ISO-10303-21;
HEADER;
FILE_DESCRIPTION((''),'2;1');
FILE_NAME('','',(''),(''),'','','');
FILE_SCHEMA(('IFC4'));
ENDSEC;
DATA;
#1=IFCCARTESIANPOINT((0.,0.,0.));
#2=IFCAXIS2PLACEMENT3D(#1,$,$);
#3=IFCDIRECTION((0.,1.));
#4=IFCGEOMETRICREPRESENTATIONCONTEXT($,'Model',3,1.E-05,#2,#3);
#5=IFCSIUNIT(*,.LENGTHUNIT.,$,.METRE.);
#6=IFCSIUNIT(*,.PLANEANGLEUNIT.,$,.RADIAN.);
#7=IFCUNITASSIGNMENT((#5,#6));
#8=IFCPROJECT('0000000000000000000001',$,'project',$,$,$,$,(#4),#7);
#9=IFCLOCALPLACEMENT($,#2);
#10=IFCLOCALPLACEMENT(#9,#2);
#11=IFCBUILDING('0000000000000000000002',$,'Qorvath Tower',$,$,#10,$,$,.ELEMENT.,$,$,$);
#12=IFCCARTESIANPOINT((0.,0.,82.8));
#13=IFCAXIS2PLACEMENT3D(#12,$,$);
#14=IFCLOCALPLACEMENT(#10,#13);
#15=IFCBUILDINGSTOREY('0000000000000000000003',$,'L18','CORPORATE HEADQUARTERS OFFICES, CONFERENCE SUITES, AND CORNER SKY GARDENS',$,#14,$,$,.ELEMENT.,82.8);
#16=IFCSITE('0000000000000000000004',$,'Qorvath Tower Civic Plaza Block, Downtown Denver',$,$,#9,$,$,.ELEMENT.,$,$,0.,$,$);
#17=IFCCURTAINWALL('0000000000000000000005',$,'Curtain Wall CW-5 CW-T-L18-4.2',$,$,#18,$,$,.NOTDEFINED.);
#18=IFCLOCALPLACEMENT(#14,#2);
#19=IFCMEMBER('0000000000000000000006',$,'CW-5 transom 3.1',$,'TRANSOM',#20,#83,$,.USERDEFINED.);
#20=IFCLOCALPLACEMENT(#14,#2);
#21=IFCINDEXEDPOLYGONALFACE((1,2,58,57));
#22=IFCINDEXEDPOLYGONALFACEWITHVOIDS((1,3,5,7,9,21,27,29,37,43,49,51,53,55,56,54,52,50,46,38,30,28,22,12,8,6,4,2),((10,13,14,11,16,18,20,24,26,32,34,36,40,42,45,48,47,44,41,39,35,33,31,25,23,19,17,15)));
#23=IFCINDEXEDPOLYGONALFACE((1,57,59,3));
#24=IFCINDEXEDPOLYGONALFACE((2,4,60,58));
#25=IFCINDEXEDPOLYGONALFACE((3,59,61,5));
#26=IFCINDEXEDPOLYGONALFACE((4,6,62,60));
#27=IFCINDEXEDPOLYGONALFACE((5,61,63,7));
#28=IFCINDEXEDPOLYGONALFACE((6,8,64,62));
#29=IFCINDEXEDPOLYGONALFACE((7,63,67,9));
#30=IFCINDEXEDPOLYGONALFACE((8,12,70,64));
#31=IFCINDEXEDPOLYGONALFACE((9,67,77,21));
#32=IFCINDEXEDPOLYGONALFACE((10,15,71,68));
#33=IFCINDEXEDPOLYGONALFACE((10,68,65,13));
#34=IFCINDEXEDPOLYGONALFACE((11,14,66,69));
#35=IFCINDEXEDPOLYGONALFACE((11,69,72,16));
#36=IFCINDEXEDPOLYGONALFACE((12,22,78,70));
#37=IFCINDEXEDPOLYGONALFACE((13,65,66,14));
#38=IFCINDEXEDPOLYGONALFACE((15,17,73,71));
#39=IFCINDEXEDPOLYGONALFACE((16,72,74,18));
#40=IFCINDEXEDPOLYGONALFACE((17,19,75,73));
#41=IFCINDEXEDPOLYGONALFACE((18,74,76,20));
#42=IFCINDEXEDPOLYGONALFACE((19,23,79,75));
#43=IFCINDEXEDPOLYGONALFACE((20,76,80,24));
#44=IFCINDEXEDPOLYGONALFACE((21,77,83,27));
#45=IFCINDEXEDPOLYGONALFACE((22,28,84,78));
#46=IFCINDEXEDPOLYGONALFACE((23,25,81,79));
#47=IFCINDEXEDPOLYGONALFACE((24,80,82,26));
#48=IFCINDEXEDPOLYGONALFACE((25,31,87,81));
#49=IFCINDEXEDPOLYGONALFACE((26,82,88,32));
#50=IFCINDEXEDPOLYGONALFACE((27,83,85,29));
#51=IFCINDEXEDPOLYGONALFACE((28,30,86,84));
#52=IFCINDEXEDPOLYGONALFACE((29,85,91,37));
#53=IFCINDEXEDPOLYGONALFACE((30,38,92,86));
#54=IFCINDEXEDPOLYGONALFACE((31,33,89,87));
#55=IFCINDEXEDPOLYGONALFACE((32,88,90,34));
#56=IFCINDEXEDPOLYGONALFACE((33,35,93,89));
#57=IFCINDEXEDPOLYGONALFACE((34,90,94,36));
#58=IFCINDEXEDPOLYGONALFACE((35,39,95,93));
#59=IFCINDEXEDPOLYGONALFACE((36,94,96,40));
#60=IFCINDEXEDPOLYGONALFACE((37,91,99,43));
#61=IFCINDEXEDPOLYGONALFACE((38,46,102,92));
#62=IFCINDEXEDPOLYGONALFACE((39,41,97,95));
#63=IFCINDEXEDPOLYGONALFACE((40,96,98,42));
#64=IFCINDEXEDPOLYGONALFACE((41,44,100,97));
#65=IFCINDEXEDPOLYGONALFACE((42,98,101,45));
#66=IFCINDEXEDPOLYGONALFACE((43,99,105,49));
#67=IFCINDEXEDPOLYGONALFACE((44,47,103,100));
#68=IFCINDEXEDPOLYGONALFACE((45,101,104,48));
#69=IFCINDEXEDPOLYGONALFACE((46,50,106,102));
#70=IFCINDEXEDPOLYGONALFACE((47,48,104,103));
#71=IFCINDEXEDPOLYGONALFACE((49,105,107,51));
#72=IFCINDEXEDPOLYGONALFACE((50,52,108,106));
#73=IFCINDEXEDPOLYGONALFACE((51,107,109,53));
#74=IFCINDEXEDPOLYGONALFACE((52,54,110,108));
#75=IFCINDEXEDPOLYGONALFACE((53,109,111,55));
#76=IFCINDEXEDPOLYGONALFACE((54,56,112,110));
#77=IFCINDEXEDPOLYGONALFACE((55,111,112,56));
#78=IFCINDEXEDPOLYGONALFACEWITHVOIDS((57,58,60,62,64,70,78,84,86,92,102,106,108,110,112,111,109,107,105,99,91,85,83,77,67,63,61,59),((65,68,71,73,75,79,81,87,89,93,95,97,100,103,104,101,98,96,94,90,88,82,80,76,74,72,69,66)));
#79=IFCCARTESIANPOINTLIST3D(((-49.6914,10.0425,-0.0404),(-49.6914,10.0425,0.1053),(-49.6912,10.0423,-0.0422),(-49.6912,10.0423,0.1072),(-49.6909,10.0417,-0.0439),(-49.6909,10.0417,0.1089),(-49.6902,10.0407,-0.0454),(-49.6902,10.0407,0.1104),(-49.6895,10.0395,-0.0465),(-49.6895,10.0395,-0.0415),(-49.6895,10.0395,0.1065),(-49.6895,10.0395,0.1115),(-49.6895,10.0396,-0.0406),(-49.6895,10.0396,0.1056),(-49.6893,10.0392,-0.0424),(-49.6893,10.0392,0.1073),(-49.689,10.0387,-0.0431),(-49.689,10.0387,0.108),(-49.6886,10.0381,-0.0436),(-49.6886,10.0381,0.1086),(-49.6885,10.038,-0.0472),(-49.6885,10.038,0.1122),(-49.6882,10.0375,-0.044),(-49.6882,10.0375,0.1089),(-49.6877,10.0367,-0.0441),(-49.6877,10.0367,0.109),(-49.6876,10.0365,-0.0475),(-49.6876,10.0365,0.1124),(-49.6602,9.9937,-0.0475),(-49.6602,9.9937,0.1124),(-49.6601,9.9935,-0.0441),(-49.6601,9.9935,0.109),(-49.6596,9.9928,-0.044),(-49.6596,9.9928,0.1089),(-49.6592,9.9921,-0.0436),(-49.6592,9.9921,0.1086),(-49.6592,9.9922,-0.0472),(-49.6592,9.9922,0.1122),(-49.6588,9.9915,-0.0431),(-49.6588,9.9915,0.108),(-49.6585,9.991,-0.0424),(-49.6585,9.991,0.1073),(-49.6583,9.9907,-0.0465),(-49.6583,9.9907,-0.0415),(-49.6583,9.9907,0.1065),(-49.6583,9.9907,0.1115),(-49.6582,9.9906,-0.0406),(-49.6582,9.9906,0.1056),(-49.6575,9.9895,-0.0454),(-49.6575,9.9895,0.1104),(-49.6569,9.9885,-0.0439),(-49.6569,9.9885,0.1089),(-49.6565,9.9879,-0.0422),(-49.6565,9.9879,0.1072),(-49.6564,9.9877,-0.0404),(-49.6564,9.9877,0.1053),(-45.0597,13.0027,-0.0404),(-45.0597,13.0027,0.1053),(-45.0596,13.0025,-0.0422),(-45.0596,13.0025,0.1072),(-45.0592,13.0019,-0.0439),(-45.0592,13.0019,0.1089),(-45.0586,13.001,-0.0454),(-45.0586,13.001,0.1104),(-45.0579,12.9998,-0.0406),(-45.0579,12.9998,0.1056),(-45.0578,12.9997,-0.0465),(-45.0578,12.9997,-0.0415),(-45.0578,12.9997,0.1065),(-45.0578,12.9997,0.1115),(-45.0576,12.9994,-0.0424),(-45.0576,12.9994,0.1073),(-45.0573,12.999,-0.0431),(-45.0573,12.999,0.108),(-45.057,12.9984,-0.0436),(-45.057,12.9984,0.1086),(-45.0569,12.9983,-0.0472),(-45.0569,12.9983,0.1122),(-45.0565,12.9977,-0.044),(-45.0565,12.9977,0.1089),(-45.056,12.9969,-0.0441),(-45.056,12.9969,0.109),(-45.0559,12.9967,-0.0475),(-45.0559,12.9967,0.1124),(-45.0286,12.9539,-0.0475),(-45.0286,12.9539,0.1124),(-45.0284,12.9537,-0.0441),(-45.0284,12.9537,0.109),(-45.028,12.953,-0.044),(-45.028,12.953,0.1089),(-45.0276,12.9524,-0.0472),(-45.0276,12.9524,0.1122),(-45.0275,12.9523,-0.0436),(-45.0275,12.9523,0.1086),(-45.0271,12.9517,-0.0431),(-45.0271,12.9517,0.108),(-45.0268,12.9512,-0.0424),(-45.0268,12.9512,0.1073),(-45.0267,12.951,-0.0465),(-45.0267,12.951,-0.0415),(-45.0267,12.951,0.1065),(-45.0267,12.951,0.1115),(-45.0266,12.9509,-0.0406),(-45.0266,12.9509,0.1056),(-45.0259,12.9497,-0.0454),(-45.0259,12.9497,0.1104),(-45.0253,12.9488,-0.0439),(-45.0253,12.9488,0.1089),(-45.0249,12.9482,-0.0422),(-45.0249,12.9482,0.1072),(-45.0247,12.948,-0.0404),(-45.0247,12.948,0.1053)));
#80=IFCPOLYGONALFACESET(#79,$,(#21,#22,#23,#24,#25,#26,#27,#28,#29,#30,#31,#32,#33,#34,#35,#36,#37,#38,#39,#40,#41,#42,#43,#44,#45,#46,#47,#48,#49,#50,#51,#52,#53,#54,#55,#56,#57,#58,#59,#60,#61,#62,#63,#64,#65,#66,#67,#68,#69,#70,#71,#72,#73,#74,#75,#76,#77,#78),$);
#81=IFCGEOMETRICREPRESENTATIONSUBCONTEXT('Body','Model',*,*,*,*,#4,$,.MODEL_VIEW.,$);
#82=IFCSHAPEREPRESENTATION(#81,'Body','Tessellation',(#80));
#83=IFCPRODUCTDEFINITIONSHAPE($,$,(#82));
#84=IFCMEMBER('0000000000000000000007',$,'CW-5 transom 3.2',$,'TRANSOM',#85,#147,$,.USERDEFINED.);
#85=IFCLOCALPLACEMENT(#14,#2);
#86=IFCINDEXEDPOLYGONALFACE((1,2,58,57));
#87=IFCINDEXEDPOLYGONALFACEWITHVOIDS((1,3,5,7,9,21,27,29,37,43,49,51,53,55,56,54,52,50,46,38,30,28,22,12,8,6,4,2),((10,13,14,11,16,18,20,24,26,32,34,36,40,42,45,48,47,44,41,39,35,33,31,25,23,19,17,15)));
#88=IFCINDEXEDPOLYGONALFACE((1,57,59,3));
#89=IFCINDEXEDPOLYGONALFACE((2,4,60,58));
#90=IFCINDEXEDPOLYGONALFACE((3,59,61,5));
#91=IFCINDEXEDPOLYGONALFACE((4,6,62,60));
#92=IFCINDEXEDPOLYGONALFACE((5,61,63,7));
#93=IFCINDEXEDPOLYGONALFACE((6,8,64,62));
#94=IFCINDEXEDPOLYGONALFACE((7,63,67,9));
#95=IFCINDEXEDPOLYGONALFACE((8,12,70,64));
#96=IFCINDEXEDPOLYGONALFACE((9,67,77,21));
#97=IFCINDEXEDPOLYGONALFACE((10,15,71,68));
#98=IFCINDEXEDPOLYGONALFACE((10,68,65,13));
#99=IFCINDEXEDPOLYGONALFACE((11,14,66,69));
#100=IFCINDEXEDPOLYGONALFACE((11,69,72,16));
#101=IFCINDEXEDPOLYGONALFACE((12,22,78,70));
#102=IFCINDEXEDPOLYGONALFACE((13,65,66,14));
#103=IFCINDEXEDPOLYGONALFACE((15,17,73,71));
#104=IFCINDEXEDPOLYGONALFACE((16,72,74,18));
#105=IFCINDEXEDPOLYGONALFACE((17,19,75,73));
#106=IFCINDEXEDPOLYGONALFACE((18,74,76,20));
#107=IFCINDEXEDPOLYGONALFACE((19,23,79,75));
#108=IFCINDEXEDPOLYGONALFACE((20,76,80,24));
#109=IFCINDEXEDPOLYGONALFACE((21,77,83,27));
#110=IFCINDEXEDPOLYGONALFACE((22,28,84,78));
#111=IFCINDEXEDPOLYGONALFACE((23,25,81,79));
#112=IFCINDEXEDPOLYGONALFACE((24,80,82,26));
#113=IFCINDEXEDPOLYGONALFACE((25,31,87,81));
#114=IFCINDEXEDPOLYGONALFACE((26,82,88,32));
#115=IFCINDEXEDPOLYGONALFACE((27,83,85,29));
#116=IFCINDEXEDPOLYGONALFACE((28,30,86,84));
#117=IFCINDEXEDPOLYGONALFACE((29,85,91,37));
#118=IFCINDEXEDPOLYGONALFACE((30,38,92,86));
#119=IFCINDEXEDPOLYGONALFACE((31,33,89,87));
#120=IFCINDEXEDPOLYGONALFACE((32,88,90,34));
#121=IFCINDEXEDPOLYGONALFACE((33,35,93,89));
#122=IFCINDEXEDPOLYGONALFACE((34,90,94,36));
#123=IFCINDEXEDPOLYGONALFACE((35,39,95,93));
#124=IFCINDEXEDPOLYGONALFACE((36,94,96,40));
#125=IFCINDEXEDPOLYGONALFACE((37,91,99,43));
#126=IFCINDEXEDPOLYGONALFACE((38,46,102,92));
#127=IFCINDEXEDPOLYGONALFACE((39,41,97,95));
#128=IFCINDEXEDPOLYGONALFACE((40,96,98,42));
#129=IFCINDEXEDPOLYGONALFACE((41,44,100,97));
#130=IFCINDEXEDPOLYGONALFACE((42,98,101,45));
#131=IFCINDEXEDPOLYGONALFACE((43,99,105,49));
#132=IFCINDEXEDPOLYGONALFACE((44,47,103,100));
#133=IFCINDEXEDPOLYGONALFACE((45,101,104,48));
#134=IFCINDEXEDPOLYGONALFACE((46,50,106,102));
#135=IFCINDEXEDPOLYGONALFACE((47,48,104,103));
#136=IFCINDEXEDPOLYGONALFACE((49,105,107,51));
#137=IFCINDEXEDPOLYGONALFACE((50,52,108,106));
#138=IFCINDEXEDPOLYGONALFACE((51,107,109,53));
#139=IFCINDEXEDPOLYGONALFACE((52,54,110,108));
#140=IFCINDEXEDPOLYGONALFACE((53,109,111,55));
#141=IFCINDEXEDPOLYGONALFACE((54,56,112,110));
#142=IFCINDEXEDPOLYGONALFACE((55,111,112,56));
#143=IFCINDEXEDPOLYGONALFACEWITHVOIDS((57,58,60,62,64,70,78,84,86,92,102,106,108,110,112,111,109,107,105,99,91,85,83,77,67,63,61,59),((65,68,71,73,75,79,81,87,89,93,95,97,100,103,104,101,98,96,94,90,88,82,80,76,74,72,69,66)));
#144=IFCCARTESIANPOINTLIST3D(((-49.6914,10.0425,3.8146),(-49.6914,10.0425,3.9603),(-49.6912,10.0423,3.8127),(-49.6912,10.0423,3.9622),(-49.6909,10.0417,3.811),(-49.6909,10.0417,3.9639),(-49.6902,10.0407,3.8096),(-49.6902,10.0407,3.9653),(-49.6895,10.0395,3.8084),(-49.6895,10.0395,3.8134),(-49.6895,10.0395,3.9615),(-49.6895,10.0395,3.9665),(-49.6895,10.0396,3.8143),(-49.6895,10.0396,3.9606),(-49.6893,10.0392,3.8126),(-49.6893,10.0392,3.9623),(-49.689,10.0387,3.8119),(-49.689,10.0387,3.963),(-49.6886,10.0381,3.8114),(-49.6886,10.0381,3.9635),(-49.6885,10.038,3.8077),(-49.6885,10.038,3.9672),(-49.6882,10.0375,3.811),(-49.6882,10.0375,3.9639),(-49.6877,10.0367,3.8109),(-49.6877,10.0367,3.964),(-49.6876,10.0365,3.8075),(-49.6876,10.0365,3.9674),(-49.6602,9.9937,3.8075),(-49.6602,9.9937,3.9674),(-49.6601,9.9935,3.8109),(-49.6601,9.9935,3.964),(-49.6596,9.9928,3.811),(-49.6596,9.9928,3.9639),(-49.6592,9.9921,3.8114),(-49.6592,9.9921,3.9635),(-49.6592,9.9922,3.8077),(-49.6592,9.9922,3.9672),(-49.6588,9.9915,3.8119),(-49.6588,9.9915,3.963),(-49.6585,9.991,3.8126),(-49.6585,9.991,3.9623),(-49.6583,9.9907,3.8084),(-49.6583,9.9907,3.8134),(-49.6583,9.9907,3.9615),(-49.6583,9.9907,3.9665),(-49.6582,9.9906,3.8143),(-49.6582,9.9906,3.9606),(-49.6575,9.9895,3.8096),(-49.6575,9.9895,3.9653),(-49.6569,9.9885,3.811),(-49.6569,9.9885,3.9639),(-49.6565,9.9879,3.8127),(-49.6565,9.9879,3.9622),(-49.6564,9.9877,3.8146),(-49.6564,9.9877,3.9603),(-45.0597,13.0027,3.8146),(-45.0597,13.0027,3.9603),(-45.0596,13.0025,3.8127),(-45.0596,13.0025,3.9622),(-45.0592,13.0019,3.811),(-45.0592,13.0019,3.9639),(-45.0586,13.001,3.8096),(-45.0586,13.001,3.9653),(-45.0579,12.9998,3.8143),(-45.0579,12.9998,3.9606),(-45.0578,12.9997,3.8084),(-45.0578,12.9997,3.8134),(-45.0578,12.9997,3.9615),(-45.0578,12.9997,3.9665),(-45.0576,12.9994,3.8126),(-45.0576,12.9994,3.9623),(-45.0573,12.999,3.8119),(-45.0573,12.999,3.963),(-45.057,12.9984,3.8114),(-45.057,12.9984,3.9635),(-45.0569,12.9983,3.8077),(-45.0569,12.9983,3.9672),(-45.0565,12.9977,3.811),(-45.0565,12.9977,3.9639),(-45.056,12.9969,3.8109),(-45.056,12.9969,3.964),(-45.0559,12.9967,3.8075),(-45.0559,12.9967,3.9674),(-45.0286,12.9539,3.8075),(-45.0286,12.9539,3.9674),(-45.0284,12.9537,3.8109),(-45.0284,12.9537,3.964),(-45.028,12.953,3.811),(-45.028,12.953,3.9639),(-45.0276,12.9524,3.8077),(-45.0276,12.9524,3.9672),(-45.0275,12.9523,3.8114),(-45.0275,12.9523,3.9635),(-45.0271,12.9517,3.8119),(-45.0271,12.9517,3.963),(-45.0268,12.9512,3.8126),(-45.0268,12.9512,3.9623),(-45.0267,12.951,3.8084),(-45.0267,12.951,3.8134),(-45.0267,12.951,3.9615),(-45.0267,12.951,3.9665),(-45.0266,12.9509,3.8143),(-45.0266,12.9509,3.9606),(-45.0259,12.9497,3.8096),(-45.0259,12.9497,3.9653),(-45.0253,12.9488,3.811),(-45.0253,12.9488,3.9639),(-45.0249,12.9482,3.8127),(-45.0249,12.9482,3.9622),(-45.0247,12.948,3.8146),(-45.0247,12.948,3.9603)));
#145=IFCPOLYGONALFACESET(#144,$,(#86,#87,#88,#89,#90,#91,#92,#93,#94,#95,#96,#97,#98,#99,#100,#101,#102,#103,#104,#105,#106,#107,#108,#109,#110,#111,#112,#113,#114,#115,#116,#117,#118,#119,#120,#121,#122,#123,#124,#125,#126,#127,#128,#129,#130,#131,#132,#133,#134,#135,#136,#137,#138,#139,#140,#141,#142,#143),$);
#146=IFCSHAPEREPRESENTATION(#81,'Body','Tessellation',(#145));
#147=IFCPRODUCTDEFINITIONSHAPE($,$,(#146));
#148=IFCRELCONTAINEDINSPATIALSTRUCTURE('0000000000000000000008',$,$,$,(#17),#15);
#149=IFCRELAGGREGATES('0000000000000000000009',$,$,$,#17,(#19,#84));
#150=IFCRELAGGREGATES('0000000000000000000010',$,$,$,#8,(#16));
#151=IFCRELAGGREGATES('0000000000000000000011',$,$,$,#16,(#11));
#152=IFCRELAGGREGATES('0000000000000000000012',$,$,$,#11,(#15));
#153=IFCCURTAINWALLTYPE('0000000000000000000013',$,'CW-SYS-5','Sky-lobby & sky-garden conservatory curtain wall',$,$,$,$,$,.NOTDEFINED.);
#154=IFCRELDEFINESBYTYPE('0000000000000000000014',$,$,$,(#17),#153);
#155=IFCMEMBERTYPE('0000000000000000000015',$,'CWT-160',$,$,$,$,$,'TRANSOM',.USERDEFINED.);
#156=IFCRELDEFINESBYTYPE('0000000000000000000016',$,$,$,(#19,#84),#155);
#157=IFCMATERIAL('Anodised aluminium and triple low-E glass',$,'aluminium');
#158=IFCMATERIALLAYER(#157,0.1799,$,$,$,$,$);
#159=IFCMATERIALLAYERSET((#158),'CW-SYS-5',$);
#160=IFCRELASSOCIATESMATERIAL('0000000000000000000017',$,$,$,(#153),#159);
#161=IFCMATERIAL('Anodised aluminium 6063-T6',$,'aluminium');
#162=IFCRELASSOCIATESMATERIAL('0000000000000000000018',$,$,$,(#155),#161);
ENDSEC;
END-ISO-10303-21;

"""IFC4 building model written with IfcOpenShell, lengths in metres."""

from ifc_helpers import new_model, si_unit, direction, frame, origin, origin_2d, place, context, subcontext, project, spatial, hollow_rectangle, extrude, material, layer, layer_set, material_profile, profile_set, type_object, element, aggregate, save


model = new_model("IFC4")

# Units and contexts
model_context = context("Model", 3, precision=1e-05, world=origin(), true_north=direction((0.0, 1.0)))
body_context = subcontext(model_context, "Body", "Model", "MODEL_VIEW")
ifc_project = project(units=[si_unit("LENGTHUNIT", "METRE"), si_unit("PLANEANGLEUNIT", "RADIAN")], contexts=[model_context])

# Site, building, storey
site_placement = place(None, origin())
site = spatial("IfcSite", under=ifc_project, at=site_placement, Name="Qorvath Tower Civic Plaza Block, Downtown Denver", CompositionType="ELEMENT", RefElevation=0.0)
building_placement = place(site_placement, origin())
building = spatial("IfcBuilding", under=site, at=building_placement, Name="Qorvath Tower", CompositionType="ELEMENT")
storey_placement = place(building_placement, frame((0.0, 0.0, 82.8)))
storey = spatial("IfcBuildingStorey", under=building, at=storey_placement, Name="L18", Description="CORPORATE HEADQUARTERS OFFICES, CONFERENCE SUITES, AND CORNER SKY GARDENS", CompositionType="ELEMENT", Elevation=82.8)

# Curtain wall
ifc_material_1 = material(Name="Anodised aluminium and triple low-E glass", Category="aluminium")
ifc_layer_1 = layer(ifc_material_1, 0.1799)
ifc_layer_set_1 = layer_set([ifc_layer_1], Name="CW-SYS-5")
curtain_wall_type = type_object("IfcCurtainWallType", Name="CW-SYS-5", Description="Sky-lobby & sky-garden conservatory curtain wall", PredefinedType="NOTDEFINED", material=ifc_layer_set_1)
curtain_wall_1_placement = place(storey_placement, origin())
curtain_wall_1 = element("IfcCurtainWall", 1, at=curtain_wall_1_placement, inside=storey, type_object=curtain_wall_type, Name="Curtain Wall CW-5 CW-T-L18-4.2", PredefinedType="NOTDEFINED")

# Members
ifc_material_2 = material(Name="Anodised aluminium 6063-T6", Category="aluminium")
ifc_material_profile_1 = material_profile(ifc_material_2, hollow_rectangle(XDim=0.0649, YDim=0.1599, WallThickness=0.0034, InnerFilletRadius=0.0034, OuterFilletRadius=0.0071, at=origin_2d()), Name="CWT 160x65")
ifc_profile_set_1 = profile_set([ifc_material_profile_1], Name="Anodised aluminium 6063-T6")
member_type_1 = type_object("IfcMemberType", Name="CWT-160", ElementType="TRANSOM", PredefinedType="USERDEFINED", material=ifc_profile_set_1)
member_1_placement = place(storey_placement, frame((-45.0422, 12.9753, 0.0325), z_axis=(-0.842603, -0.538536, 0.0), x_axis=(0.538536, -0.842603, 0.0)))
member_1 = element("IfcMember", 2, at=member_1_placement, type_object=member_type_1, Name="CW-5 transom 3.1", ObjectType="TRANSOM", PredefinedType="USERDEFINED", context=body_context, shape_type="SweptSolid", body=[
    extrude(hollow_rectangle(XDim=0.0649, YDim=0.1599, WallThickness=0.0034, InnerFilletRadius=0.0034, OuterFilletRadius=0.0071, at=origin_2d()), origin(), (0.0, 0.0, 1.0), 5.4968),
])
member_2_placement = place(storey_placement, frame((-45.0422, 12.9753, 3.8875), z_axis=(-0.842603, -0.538536, 0.0), x_axis=(0.538536, -0.842603, 0.0)))
member_2 = element("IfcMember", 3, at=member_2_placement, type_object=member_type_1, Name="CW-5 transom 3.2", ObjectType="TRANSOM", PredefinedType="USERDEFINED", context=body_context, shape_type="SweptSolid", body=[
    extrude(hollow_rectangle(XDim=0.0649, YDim=0.1599, WallThickness=0.0034, InnerFilletRadius=0.0034, OuterFilletRadius=0.0071, at=origin_2d()), origin(), (0.0, 0.0, 1.0), 5.4968),
])

aggregate(curtain_wall_1, [member_1, member_2])

save(model, "model.ifc")
